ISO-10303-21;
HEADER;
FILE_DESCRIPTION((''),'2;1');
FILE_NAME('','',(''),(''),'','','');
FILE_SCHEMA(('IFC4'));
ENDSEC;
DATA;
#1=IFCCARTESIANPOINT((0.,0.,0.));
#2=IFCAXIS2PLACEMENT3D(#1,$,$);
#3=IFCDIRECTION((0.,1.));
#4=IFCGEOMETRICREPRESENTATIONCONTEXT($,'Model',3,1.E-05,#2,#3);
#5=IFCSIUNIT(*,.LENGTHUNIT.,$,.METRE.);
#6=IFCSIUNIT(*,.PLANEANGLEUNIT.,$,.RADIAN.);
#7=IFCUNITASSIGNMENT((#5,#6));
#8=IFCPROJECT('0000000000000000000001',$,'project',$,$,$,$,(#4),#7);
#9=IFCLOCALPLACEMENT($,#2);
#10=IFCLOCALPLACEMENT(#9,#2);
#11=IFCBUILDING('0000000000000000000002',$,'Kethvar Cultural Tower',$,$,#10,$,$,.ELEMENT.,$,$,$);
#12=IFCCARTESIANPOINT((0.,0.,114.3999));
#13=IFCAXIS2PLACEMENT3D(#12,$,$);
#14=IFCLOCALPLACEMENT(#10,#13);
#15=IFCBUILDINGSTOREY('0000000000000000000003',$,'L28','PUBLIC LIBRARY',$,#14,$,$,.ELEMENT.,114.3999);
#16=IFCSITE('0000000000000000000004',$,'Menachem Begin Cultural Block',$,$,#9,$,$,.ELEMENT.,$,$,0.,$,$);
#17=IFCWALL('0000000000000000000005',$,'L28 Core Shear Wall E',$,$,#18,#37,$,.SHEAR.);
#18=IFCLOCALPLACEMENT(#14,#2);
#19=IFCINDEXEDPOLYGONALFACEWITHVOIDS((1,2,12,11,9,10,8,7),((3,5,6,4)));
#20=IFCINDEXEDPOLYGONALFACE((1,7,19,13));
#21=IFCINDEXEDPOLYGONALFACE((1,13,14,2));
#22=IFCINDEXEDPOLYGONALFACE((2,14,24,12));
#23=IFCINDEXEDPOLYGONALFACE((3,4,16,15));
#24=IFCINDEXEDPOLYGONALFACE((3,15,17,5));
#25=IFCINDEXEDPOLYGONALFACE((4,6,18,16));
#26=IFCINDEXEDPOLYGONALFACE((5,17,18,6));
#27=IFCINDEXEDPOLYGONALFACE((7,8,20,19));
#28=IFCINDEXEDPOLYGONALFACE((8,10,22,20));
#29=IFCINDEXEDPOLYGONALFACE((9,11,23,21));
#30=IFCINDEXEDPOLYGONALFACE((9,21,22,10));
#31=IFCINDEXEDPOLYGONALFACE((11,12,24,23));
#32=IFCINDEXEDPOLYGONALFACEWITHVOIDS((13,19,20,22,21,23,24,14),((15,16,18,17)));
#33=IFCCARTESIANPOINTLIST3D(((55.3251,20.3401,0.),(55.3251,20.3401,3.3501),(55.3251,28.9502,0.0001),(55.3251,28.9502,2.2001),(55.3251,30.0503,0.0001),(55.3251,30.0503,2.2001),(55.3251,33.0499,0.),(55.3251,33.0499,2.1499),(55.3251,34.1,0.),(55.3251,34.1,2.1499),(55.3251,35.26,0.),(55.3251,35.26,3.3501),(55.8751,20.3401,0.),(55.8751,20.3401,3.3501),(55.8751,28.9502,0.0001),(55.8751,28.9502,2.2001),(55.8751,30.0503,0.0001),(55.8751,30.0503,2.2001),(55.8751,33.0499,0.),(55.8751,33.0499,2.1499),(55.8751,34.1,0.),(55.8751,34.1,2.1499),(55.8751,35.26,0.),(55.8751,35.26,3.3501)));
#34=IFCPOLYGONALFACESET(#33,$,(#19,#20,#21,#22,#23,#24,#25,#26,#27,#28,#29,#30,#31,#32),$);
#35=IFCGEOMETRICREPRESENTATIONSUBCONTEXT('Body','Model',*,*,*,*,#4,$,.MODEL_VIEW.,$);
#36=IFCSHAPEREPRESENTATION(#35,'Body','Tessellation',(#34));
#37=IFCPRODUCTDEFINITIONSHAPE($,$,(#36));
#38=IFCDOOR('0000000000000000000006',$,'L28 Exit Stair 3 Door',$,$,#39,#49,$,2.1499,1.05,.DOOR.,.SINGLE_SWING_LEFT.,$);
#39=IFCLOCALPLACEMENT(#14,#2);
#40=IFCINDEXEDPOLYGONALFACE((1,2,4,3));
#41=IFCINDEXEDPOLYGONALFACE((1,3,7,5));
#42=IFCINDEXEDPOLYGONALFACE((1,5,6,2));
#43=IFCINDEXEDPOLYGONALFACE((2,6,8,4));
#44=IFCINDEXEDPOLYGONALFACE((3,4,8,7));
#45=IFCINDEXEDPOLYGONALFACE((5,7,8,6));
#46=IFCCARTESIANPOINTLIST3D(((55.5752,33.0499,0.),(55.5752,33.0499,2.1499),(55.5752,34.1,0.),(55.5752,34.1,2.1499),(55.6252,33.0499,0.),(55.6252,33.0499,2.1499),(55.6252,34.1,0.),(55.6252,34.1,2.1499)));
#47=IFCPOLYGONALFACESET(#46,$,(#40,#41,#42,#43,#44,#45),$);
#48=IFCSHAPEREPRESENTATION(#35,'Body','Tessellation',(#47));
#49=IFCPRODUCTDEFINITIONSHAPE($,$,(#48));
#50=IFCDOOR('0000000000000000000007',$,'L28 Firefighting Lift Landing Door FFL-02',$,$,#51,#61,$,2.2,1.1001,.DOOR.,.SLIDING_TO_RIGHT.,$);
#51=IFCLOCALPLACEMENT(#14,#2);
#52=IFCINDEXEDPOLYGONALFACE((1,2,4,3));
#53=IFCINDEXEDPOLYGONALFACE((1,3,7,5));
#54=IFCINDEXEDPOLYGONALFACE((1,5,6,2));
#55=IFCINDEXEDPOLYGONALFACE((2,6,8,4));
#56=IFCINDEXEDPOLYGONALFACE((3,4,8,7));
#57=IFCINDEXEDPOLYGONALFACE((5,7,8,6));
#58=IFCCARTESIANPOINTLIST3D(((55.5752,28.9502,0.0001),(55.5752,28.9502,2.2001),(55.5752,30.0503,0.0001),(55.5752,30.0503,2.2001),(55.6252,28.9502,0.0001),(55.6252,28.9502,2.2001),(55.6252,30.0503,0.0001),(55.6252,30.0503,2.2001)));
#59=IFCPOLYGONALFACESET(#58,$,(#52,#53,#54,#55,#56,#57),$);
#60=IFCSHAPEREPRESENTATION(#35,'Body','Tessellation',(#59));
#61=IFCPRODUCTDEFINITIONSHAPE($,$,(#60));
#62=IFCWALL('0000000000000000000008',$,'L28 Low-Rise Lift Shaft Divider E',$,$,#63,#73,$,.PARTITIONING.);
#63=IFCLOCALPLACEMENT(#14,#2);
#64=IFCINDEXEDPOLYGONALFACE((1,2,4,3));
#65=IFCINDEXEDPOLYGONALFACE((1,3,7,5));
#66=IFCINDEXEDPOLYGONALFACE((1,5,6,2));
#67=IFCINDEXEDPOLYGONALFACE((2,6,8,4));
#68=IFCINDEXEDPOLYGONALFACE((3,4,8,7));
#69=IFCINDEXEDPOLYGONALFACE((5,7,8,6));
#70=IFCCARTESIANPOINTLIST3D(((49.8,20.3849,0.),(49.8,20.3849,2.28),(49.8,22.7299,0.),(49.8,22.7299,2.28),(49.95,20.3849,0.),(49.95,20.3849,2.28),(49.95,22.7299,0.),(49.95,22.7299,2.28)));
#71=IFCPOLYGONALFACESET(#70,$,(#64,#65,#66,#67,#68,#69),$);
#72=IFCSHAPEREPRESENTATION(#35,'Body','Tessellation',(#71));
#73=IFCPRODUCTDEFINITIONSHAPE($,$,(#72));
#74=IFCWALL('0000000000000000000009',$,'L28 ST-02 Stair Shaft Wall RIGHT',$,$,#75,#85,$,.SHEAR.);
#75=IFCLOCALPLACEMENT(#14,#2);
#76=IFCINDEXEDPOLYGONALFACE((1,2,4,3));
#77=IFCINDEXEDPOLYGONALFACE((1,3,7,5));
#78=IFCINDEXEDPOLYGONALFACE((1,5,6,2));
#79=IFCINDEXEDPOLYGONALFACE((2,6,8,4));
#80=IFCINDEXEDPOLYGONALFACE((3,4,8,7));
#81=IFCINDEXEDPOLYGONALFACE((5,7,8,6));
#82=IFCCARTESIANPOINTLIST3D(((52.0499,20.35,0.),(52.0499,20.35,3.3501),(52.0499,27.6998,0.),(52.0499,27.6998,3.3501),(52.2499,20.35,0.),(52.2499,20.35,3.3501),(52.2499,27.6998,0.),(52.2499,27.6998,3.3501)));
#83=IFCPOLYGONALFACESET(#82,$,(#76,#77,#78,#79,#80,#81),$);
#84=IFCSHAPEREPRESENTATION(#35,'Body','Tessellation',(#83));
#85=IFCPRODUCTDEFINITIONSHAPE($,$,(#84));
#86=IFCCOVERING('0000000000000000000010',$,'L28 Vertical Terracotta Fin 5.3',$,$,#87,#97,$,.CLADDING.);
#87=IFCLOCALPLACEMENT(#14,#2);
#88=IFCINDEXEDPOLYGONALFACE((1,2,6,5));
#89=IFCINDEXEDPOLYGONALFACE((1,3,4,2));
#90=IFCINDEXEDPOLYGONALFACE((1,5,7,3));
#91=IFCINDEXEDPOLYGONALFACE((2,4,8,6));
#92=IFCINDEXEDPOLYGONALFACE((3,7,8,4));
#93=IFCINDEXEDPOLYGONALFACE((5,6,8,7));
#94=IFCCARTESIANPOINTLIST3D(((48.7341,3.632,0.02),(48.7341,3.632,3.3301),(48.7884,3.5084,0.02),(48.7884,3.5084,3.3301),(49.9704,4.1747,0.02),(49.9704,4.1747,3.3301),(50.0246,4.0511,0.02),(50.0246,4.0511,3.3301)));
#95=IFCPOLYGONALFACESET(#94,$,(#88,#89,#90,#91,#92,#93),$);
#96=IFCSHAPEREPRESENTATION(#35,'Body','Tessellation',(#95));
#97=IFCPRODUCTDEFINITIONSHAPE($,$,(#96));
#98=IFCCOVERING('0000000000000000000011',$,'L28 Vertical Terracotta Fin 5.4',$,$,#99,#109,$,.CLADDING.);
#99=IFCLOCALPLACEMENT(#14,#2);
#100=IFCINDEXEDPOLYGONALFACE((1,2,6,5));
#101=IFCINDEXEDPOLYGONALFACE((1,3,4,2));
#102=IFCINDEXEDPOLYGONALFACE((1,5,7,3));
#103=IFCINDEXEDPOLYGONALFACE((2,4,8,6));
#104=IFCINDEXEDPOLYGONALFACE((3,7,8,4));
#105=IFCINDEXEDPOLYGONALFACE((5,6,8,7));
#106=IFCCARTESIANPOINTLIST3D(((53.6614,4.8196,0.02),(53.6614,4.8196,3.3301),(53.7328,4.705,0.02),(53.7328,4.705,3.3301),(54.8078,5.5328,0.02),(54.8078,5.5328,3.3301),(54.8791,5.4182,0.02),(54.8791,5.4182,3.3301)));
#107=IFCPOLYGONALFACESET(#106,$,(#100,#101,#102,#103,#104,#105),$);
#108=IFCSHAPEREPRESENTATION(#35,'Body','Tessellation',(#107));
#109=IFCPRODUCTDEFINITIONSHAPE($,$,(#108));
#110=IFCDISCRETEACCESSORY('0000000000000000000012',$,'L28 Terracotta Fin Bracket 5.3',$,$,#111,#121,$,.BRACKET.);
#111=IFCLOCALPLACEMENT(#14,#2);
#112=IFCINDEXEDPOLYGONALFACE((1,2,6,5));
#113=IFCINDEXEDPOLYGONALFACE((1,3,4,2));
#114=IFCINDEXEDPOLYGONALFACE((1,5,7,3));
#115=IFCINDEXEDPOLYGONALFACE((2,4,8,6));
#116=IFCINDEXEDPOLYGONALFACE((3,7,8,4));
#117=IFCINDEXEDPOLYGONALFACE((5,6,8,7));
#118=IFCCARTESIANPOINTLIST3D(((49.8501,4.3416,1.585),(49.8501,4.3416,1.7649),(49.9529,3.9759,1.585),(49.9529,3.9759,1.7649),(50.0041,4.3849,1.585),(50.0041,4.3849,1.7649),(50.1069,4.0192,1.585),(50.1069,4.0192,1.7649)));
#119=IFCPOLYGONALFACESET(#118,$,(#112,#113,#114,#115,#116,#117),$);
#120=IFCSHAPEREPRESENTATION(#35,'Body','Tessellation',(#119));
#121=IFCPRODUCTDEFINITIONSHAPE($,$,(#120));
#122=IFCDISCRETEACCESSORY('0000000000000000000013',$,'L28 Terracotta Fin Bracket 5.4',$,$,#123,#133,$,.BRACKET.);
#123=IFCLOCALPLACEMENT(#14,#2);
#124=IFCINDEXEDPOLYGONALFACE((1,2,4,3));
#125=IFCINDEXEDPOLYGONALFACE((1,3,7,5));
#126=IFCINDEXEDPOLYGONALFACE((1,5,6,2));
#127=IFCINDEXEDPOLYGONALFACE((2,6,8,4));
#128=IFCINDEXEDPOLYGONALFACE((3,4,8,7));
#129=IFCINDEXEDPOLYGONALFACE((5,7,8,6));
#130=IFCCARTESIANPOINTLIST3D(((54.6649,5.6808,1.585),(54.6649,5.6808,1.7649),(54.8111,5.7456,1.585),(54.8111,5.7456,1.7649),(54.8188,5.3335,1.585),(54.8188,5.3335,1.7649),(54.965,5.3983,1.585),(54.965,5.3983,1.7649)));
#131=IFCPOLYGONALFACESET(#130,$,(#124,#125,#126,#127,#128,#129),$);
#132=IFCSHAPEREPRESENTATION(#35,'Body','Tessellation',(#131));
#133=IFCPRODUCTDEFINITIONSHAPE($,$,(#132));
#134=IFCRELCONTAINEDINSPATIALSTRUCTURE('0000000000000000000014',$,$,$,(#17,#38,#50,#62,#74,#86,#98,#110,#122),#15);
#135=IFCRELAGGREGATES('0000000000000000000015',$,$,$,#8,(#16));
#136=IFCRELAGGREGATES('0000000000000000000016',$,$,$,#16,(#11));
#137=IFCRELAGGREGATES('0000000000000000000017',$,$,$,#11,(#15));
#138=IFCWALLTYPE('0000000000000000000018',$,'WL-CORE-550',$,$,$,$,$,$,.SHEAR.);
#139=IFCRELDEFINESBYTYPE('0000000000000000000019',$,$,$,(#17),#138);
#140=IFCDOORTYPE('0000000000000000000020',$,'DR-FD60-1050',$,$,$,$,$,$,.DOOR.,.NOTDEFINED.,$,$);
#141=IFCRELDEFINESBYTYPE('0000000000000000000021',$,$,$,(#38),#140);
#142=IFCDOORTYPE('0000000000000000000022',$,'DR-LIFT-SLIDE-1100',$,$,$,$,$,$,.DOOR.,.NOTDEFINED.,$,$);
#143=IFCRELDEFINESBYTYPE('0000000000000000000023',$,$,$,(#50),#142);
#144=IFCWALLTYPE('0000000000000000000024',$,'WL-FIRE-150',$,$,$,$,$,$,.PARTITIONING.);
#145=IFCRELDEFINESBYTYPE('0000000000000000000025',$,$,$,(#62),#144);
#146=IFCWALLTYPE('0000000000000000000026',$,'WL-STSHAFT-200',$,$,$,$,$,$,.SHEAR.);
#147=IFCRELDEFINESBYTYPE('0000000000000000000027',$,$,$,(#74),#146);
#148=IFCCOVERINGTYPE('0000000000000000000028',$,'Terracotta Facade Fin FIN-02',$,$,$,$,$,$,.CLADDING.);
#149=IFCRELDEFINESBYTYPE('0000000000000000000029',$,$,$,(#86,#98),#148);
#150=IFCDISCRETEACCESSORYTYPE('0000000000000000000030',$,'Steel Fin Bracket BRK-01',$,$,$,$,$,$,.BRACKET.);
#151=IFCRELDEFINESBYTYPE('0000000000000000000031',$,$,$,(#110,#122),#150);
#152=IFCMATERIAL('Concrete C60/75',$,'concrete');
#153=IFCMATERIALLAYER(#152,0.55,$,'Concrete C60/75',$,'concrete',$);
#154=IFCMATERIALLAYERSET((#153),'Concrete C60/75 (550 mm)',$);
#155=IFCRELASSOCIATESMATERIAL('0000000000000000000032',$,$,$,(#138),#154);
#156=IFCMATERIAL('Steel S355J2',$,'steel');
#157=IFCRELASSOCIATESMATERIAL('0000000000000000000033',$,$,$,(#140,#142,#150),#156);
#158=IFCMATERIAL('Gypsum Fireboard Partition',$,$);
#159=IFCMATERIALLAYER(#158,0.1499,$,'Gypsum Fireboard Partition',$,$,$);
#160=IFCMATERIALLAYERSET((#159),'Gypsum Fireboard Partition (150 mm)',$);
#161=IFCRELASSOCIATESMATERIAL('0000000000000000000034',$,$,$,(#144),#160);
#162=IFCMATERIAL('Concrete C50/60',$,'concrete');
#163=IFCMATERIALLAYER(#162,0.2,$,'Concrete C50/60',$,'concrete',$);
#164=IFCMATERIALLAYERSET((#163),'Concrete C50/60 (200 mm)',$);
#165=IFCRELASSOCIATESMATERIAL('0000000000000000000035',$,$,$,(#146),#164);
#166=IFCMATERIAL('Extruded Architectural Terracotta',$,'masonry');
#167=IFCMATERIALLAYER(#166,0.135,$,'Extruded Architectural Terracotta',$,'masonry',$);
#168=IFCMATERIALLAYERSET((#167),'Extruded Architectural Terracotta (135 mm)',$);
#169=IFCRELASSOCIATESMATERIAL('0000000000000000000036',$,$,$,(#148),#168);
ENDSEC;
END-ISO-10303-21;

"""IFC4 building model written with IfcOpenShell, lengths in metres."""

from ifc_helpers import new_model, si_unit, direction, frame, frame_2d, origin, origin_2d, place, context, subcontext, project, spatial, rectangle, extrude, source, transform, mapped, material, layer, layer_set, type_object, element, fill, save


model = new_model("IFC4")

# Units and contexts
model_context = context("Model", 3, precision=1e-05, world=origin(), true_north=direction((0.0, 1.0)))
body_context = subcontext(model_context, "Body", "Model", "MODEL_VIEW")
ifc_project = project(units=[si_unit("LENGTHUNIT", "METRE"), si_unit("PLANEANGLEUNIT", "RADIAN")], contexts=[model_context])

# Site, building, storey
site_placement = place(None, origin())
site = spatial("IfcSite", under=ifc_project, at=site_placement, Name="Menachem Begin Cultural Block", CompositionType="ELEMENT", RefElevation=0.0)
building_placement = place(site_placement, origin())
building = spatial("IfcBuilding", under=site, at=building_placement, Name="Kethvar Cultural Tower", CompositionType="ELEMENT")
storey_placement = place(building_placement, frame((0.0, 0.0, 114.3999)))
storey = spatial("IfcBuildingStorey", under=building, at=storey_placement, Name="L28", Description="PUBLIC LIBRARY", CompositionType="ELEMENT", Elevation=114.3999)

# Shared definitions
ifc_material_1 = material(Name="Steel S355J2", Category="steel")

# Wall, openings, doors
ifc_material_2 = material(Name="Concrete C60/75", Category="concrete")
ifc_layer_1 = layer(ifc_material_2, 0.55, Name="Concrete C60/75", Category="concrete")
ifc_layer_set_1 = layer_set([ifc_layer_1], Name="Concrete C60/75 (550 mm)")
wall_type_1 = type_object("IfcWallType", Name="WL-CORE-550", PredefinedType="SHEAR", material=ifc_layer_set_1)
wall_1_placement = place(storey_placement, frame((55.6001, 20.3401, 0.0), z_axis=(0.0, 0.0, 1.0), x_axis=(0.0, 1.0, 0.0)))
wall_1 = element("IfcWall", 1, at=wall_1_placement, inside=storey, type_object=wall_type_1, Name="L28 Core Shear Wall E", PredefinedType="SHEAR", context=body_context, shape_type="SweptSolid", body=[
    extrude(rectangle(XDim=14.9199, YDim=0.55, at=frame_2d((7.46, 0.0))), origin(), (0.0, 0.0, 1.0), 3.3501),
])
opening_1_placement = place(wall_1_placement, frame((12.71, 0.0, 0.0)))
opening_1 = element("IfcOpeningElement", 2, at=opening_1_placement, cuts=wall_1, PredefinedType="OPENING", context=body_context, shape_type="SweptSolid", body=[
    extrude(rectangle(XDim=1.05, YDim=2.1499, at=frame_2d((0.5249, 1.075))), frame((0.0, 0.2849, 0.0), z_axis=(0.0, -1.0, 0.0), x_axis=(1.0, 0.0, 0.0)), (0.0, 0.0, 1.0), 0.5701),
])
opening_2_placement = place(wall_1_placement, frame((8.6101, 0.0, 0.0)))
opening_2 = element("IfcOpeningElement", 3, at=opening_2_placement, cuts=wall_1, PredefinedType="OPENING", context=body_context, shape_type="SweptSolid", body=[
    extrude(rectangle(XDim=1.1001, YDim=2.2, at=frame_2d((0.55, 1.1001))), frame((0.0, 0.2849, 0.0), z_axis=(0.0, -1.0, 0.0), x_axis=(1.0, 0.0, 0.0)), (0.0, 0.0, 1.0), 0.5701),
])
door_type_1 = type_object("IfcDoorType", Name="DR-FD60-1050", OperationType="NOTDEFINED", PredefinedType="DOOR", material=ifc_material_1)
shared_shape_1 = source(origin(), body_context, "Body", "SweptSolid", [
    extrude(rectangle(XDim=1.05, YDim=2.1499, at=frame_2d((0.5249, 1.075))), frame((0.0, 0.0249, 0.0), z_axis=(0.0, -1.0, 0.0), x_axis=(1.0, 0.0, 0.0)), (0.0, 0.0, 1.0), 0.05),
])
door_1_placement = place(opening_1_placement, origin())
door_1 = element("IfcDoor", 4, at=door_1_placement, inside=storey, type_object=door_type_1, Name="L28 Exit Stair 3 Door", OperationType="SINGLE_SWING_LEFT", OverallHeight=2.1499, OverallWidth=1.05, PredefinedType="DOOR", context=body_context, shape_type="MappedRepresentation", body=[
    mapped(shared_shape_1, transform((0.0, 0.0, 0.0), scale=1.0)),
])
fill(opening_1, door_1)
door_type_2 = type_object("IfcDoorType", Name="DR-LIFT-SLIDE-1100", OperationType="NOTDEFINED", PredefinedType="DOOR", material=ifc_material_1)
shared_shape_2 = source(origin(), body_context, "Body", "SweptSolid", [
    extrude(rectangle(XDim=1.1001, YDim=2.2, at=frame_2d((0.55, 1.1001))), frame((0.0, 0.0249, 0.0), z_axis=(0.0, -1.0, 0.0), x_axis=(1.0, 0.0, 0.0)), (0.0, 0.0, 1.0), 0.05),
])
door_2_placement = place(opening_2_placement, origin())
door_2 = element("IfcDoor", 5, at=door_2_placement, inside=storey, type_object=door_type_2, Name="L28 Firefighting Lift Landing Door FFL-02", OperationType="SLIDING_TO_RIGHT", OverallHeight=2.2, OverallWidth=1.1001, PredefinedType="DOOR", context=body_context, shape_type="MappedRepresentation", body=[
    mapped(shared_shape_2, transform((0.0, 0.0, 0.0), scale=1.0)),
])
fill(opening_2, door_2)

# Walls
ifc_material_3 = material(Name="Gypsum Fireboard Partition")
ifc_layer_2 = layer(ifc_material_3, 0.1499, Name="Gypsum Fireboard Partition")
ifc_layer_set_2 = layer_set([ifc_layer_2], Name="Gypsum Fireboard Partition (150 mm)")
wall_type_2 = type_object("IfcWallType", Name="WL-FIRE-150", PredefinedType="PARTITIONING", material=ifc_layer_set_2)
wall_2_placement = place(storey_placement, frame((49.875, 20.385, 0.0), z_axis=(0.0, 0.0, 1.0), x_axis=(0.0, 1.0, 0.0)))
element("IfcWall", 6, at=wall_2_placement, inside=storey, type_object=wall_type_2, Name="L28 Low-Rise Lift Shaft Divider E", PredefinedType="PARTITIONING", context=body_context, shape_type="SweptSolid", body=[
    extrude(rectangle(XDim=2.345, YDim=0.1499, at=frame_2d((1.1724, 0.0))), origin(), (0.0, 0.0, 1.0), 2.28),
])
ifc_material_4 = material(Name="Concrete C50/60", Category="concrete")
ifc_layer_3 = layer(ifc_material_4, 0.2, Name="Concrete C50/60", Category="concrete")
ifc_layer_set_3 = layer_set([ifc_layer_3], Name="Concrete C50/60 (200 mm)")
wall_type_3 = type_object("IfcWallType", Name="WL-STSHAFT-200", PredefinedType="SHEAR", material=ifc_layer_set_3)
wall_3_placement = place(storey_placement, frame((52.1499, 20.3501, 0.0), z_axis=(0.0, 0.0, 1.0), x_axis=(0.0, 1.0, 0.0)))
element("IfcWall", 7, at=wall_3_placement, inside=storey, type_object=wall_type_3, Name="L28 ST-02 Stair Shaft Wall RIGHT", PredefinedType="SHEAR", context=body_context, shape_type="SweptSolid", body=[
    extrude(rectangle(XDim=7.3499, YDim=0.2, at=frame_2d((3.6748, 0.0))), origin(), (0.0, 0.0, 1.0), 3.3501),
])

# Coverings
ifc_material_5 = material(Name="Extruded Architectural Terracotta", Category="masonry")
ifc_layer_4 = layer(ifc_material_5, 0.135, Name="Extruded Architectural Terracotta", Category="masonry")
ifc_layer_set_4 = layer_set([ifc_layer_4], Name="Extruded Architectural Terracotta (135 mm)")
covering_type = type_object("IfcCoveringType", Name="Terracotta Facade Fin FIN-02", PredefinedType="CLADDING", material=ifc_layer_set_4)
shared_shape_3 = source(origin(), body_context, "Body", "SweptSolid", [
    extrude(rectangle(XDim=1.3501, YDim=0.135, at=origin_2d()), origin(), (0.0, 0.0, 1.0), 3.3101),
])
for number, where, z_axis, x_axis, name in (
    (8, (49.3794, 3.8416, 0.02), (0.0, 0.0, 1.0), (-0.915663, -0.401948, 0.0), "L28 Vertical Terracotta Fin 5.3"),
    (9, (54.2703, 5.1189, 0.02), (0.0, 0.0, 1.0), (-0.849064, -0.52829, 0.0), "L28 Vertical Terracotta Fin 5.4"),
):
    element("IfcCovering", number, at=place(storey_placement, frame(where, z_axis=z_axis, x_axis=x_axis)), inside=storey, type_object=covering_type, Name=name, PredefinedType="CLADDING", context=body_context, shape_type="MappedRepresentation", body=[
        mapped(shared_shape_3, transform((0.0, 0.0, 0.0), scale=1.0)),
    ])

# Discrete accessories
discrete_accessory_type = type_object("IfcDiscreteAccessoryType", Name="Steel Fin Bracket BRK-01", PredefinedType="BRACKET", material=ifc_material_1)
shared_shape_4 = source(origin(), body_context, "Body", "SweptSolid", [
    extrude(rectangle(XDim=0.3799, YDim=0.1599, at=origin_2d()), origin(), (0.0, 0.0, 1.0), 0.1799),
])
for number, where, z_axis, x_axis, name in (
    (10, (49.9785, 4.1804, 1.585), (0.0, 0.0, 1.0), (0.2706, -0.962692, 0.0), "L28 Terracotta Fin Bracket 5.3"),
    (11, (54.8149, 5.5396, 1.585), (0.0, 0.0, 1.0), (0.404982, -0.914325, 0.0), "L28 Terracotta Fin Bracket 5.4"),
):
    element("IfcDiscreteAccessory", number, at=place(storey_placement, frame(where, z_axis=z_axis, x_axis=x_axis)), inside=storey, type_object=discrete_accessory_type, Name=name, PredefinedType="BRACKET", context=body_context, shape_type="MappedRepresentation", body=[
        mapped(shared_shape_4, transform((0.0, 0.0, 0.0), scale=1.0)),
    ])

save(model, "model.ifc")
